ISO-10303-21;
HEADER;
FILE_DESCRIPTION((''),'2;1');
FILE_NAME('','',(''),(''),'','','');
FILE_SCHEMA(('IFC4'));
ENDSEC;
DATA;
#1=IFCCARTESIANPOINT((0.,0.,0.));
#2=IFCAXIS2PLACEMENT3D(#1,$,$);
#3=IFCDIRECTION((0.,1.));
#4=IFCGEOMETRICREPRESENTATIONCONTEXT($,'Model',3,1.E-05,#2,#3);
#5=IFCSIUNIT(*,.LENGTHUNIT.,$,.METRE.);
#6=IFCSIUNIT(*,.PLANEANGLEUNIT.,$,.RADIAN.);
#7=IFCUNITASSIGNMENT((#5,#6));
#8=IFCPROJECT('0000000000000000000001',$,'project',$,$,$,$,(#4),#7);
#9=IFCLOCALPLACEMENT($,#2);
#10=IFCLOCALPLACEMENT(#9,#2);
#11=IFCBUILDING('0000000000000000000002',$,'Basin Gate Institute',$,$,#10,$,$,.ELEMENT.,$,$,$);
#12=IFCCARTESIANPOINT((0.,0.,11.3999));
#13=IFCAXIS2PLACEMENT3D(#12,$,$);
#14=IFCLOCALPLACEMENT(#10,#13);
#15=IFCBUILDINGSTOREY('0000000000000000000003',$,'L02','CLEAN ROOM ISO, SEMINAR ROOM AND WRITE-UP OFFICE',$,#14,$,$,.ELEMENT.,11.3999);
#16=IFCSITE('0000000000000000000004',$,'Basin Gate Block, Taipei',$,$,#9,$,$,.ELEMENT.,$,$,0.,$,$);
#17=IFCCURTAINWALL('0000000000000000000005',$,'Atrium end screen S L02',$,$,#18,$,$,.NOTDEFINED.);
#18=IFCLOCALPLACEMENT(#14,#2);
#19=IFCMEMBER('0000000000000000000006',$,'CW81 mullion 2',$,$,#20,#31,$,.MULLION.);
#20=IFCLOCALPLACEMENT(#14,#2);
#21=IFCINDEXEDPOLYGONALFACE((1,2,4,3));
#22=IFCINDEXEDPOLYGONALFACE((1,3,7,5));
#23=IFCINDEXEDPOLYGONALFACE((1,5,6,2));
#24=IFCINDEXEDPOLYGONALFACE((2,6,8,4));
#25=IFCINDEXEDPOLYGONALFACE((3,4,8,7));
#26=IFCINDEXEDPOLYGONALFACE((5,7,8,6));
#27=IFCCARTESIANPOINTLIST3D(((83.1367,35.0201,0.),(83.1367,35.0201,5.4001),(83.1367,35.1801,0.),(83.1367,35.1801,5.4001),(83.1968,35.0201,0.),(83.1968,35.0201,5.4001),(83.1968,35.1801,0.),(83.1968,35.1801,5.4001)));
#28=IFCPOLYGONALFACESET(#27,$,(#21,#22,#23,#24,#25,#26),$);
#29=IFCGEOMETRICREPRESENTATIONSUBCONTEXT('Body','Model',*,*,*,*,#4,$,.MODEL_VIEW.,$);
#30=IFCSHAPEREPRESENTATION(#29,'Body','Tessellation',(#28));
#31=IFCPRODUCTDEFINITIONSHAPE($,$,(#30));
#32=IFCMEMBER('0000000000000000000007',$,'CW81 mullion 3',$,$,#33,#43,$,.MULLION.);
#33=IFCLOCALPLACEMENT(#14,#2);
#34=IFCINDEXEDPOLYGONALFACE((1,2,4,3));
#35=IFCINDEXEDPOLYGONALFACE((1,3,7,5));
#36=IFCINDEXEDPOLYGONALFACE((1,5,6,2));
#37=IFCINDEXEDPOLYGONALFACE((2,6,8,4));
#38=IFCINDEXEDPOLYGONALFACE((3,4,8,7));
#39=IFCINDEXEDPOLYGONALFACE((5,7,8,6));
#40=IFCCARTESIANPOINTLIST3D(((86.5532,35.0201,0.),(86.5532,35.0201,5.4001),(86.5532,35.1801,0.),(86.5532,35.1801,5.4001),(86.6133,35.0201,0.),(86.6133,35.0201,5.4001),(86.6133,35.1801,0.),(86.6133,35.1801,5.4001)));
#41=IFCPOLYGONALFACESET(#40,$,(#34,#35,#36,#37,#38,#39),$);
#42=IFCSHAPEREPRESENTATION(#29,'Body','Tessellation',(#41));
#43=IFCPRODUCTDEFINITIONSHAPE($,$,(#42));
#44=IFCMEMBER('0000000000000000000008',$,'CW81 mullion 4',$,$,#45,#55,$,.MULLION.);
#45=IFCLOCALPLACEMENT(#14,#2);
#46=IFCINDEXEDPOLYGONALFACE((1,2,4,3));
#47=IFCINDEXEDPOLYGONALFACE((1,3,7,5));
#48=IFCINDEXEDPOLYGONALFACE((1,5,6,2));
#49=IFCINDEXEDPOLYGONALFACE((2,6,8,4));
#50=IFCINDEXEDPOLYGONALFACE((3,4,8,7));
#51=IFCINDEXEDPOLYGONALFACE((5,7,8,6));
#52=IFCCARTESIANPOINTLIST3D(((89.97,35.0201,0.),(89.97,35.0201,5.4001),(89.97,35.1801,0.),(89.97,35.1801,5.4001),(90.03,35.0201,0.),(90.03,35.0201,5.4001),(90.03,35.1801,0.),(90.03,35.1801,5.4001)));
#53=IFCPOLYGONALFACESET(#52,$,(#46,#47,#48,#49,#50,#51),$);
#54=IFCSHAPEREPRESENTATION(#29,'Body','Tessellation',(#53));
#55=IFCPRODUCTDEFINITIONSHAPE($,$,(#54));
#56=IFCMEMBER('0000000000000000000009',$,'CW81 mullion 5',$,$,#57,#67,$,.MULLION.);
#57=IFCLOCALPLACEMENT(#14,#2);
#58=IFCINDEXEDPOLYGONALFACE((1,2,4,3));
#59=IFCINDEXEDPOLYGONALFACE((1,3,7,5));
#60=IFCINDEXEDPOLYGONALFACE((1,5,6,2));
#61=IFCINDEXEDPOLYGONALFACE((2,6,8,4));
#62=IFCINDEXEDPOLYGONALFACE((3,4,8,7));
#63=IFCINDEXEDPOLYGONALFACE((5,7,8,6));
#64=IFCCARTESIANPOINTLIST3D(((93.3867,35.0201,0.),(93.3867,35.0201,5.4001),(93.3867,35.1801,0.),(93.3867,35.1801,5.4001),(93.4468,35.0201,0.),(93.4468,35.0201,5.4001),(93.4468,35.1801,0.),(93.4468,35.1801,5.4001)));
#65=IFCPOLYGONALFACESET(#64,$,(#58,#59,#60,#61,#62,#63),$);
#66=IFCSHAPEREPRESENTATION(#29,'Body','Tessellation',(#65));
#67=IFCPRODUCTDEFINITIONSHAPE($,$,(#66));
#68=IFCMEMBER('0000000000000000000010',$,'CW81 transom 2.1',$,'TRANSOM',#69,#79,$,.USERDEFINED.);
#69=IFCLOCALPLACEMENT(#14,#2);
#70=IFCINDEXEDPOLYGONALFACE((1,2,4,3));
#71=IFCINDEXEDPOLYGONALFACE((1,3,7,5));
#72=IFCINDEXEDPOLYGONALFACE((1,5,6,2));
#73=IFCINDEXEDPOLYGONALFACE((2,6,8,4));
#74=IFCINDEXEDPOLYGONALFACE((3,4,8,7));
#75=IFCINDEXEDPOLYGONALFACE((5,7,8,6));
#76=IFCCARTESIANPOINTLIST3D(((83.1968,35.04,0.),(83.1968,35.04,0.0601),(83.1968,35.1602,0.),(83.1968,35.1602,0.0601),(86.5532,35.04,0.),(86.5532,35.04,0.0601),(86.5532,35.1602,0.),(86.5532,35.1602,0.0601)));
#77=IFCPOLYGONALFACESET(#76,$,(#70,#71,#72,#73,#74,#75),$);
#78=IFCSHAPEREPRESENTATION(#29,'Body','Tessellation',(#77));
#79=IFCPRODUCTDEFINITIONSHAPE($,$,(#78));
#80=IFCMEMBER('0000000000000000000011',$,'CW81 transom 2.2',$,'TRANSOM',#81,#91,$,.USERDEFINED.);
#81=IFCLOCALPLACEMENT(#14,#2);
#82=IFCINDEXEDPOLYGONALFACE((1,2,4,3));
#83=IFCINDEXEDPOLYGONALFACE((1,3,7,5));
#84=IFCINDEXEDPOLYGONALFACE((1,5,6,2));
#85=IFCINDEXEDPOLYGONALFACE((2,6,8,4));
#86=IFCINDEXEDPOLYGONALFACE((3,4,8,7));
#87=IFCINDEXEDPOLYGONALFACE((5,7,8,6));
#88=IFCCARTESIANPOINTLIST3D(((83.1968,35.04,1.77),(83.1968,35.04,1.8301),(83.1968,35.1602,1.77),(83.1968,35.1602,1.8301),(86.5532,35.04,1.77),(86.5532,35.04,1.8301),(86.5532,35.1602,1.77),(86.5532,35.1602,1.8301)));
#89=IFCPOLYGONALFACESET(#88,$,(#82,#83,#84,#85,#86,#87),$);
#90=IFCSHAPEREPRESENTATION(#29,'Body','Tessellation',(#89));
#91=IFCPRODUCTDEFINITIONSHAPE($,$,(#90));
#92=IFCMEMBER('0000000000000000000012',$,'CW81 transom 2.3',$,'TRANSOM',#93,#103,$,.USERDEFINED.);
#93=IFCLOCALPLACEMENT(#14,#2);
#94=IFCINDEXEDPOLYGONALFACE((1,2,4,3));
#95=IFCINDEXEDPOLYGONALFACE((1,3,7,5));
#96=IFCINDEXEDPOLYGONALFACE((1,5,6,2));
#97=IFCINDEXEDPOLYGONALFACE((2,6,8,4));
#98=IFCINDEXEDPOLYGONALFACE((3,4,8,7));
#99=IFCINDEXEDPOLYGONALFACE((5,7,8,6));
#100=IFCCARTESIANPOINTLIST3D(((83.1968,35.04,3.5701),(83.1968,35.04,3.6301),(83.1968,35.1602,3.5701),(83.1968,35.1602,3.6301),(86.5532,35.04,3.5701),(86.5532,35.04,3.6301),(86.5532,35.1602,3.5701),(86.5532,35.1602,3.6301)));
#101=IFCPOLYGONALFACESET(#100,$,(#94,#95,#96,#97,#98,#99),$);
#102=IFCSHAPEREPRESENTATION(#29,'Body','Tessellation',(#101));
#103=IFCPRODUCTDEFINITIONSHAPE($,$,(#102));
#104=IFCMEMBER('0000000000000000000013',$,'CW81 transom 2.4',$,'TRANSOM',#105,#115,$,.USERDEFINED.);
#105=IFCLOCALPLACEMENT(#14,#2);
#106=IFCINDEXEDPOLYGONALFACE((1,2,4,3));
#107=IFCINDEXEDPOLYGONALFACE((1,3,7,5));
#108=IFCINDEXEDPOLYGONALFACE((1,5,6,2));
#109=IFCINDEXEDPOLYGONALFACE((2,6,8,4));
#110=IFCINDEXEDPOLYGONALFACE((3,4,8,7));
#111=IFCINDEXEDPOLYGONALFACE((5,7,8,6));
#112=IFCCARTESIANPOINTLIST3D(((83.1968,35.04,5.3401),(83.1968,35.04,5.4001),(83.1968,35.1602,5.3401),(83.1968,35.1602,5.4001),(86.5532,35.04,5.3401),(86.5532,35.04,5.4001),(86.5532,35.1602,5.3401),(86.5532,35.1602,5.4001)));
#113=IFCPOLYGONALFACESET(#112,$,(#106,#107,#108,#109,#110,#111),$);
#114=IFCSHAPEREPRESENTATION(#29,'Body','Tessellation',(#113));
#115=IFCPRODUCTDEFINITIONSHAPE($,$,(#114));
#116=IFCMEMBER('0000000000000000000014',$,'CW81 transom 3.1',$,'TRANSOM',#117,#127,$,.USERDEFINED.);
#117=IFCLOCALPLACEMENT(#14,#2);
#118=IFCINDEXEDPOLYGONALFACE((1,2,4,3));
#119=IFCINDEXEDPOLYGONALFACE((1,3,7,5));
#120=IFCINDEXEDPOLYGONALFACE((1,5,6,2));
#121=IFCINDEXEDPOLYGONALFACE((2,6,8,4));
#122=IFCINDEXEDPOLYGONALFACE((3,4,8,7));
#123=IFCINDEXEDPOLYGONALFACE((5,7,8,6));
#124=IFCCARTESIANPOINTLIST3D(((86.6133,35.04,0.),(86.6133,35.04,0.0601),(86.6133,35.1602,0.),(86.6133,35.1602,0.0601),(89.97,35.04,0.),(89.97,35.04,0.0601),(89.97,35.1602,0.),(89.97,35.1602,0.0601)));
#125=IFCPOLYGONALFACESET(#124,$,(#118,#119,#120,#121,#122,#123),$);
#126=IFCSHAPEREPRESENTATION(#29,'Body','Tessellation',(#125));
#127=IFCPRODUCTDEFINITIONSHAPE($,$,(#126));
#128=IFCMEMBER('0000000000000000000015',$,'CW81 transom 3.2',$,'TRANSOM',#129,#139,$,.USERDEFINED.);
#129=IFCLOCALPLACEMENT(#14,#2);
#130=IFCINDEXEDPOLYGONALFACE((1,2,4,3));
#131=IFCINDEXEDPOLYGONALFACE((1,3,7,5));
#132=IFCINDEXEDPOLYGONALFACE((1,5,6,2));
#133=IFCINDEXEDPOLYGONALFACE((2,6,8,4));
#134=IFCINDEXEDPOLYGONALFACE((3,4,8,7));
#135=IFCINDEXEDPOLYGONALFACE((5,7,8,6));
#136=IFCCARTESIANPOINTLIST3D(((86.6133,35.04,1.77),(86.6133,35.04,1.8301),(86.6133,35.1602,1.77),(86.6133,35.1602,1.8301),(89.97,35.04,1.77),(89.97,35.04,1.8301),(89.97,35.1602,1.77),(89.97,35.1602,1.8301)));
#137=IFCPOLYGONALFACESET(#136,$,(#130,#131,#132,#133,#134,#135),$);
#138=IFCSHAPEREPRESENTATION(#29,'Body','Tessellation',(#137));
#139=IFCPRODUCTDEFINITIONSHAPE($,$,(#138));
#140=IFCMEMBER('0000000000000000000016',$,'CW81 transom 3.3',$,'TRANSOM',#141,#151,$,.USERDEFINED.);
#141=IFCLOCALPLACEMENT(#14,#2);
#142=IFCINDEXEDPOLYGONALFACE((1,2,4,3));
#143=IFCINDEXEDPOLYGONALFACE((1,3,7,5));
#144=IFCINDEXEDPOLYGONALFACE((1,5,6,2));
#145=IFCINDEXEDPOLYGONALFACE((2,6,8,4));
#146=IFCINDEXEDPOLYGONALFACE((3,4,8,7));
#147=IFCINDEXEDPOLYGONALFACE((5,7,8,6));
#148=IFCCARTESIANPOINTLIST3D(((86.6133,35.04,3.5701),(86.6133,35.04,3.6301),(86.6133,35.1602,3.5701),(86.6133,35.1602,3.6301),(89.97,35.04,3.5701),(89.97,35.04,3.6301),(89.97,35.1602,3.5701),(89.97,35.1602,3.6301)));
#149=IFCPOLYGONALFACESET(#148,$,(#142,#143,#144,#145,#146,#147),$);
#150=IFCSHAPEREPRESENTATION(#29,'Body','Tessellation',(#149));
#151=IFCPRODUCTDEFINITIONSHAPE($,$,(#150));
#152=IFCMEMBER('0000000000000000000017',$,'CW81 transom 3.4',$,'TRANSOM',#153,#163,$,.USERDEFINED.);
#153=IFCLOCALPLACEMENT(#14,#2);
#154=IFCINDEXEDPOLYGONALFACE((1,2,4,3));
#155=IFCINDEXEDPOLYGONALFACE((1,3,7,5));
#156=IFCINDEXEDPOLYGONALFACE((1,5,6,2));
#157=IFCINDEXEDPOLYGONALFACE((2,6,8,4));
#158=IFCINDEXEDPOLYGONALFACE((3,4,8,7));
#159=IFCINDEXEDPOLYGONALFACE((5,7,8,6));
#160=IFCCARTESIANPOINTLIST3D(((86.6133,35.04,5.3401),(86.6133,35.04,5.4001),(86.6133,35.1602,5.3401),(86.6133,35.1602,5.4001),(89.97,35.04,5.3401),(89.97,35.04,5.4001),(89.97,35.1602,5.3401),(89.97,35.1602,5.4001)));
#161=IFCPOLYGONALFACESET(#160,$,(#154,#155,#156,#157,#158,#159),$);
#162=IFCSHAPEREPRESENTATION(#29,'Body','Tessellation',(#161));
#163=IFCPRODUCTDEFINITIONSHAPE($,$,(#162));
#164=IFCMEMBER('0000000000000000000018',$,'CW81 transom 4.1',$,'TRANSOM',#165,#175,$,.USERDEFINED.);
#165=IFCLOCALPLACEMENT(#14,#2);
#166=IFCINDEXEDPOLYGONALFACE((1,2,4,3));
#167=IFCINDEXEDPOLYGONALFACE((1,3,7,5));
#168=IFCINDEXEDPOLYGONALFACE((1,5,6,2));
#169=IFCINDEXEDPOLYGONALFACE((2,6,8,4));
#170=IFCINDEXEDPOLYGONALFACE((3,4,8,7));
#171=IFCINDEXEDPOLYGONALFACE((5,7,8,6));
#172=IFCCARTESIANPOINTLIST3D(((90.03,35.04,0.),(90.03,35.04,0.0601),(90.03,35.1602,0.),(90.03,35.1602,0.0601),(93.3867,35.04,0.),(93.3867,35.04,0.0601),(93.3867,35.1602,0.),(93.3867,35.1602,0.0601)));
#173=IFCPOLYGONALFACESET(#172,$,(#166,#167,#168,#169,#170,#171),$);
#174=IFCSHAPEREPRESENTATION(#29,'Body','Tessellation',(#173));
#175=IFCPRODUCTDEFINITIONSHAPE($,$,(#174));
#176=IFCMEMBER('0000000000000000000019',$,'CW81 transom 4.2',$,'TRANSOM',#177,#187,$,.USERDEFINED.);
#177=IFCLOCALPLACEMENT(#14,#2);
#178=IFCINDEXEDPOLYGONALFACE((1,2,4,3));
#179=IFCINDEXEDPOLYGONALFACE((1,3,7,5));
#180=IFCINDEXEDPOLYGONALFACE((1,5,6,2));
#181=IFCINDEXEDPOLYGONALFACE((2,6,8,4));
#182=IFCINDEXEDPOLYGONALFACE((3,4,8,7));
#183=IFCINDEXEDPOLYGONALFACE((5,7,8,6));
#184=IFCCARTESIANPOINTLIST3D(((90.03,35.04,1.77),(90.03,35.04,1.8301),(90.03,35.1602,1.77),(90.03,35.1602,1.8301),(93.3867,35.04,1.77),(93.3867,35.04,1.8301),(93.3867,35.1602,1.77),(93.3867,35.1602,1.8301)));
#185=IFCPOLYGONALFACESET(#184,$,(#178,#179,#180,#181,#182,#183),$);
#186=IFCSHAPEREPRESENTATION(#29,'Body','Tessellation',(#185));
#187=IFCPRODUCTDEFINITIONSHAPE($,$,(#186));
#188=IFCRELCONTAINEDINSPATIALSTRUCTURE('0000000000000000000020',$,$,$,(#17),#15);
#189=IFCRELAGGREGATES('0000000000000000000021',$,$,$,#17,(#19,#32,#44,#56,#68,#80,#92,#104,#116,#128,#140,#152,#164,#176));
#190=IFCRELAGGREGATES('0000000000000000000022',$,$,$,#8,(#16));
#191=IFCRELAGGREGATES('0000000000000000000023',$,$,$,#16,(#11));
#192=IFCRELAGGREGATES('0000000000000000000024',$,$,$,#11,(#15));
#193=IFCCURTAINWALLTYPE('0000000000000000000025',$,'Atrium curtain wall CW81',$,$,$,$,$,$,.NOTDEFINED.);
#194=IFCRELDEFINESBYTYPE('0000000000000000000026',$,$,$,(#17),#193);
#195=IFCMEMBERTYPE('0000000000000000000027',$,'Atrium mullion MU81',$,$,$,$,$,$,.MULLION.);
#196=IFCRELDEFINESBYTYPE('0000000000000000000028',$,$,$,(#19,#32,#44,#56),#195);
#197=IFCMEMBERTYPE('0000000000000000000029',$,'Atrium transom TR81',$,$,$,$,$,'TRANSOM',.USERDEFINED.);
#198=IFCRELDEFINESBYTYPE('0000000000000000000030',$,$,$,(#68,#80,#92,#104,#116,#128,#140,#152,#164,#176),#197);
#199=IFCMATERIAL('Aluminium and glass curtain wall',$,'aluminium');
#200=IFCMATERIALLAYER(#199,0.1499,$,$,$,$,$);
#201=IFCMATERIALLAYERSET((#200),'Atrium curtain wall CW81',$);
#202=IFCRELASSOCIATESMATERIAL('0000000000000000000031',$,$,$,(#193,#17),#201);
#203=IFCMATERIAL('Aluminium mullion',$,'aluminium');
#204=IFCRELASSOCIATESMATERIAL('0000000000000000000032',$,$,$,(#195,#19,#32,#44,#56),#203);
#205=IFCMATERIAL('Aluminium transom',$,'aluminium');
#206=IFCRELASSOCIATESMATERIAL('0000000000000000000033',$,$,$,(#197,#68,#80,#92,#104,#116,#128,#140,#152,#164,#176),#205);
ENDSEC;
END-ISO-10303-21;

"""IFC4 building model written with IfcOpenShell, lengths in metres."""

from ifc_helpers import new_model, si_unit, direction, frame, origin, origin_2d, place, context, subcontext, project, spatial, rectangle, extrude, material, layer, layer_set, material_profile, profile_set, type_object, element, aggregate, save


model = new_model("IFC4")

# Units and contexts
model_context = context("Model", 3, precision=1e-05, world=origin(), true_north=direction((0.0, 1.0)))
body_context = subcontext(model_context, "Body", "Model", "MODEL_VIEW")
ifc_project = project(units=[si_unit("LENGTHUNIT", "METRE"), si_unit("PLANEANGLEUNIT", "RADIAN")], contexts=[model_context])

# Site, building, storey
site_placement = place(None, origin())
site = spatial("IfcSite", under=ifc_project, at=site_placement, Name="Basin Gate Block, Taipei", CompositionType="ELEMENT", RefElevation=0.0)
building_placement = place(site_placement, origin())
building = spatial("IfcBuilding", under=site, at=building_placement, Name="Basin Gate Institute", CompositionType="ELEMENT")
storey_placement = place(building_placement, frame((0.0, 0.0, 11.3999)))
storey = spatial("IfcBuildingStorey", under=building, at=storey_placement, Name="L02", Description="CLEAN ROOM ISO, SEMINAR ROOM AND WRITE-UP OFFICE", CompositionType="ELEMENT", Elevation=11.3999)

# Curtain wall, members
ifc_material_1 = material(Name="Aluminium and glass curtain wall", Category="aluminium")
ifc_layer_1 = layer(ifc_material_1, 0.1499)
ifc_layer_set_1 = layer_set([ifc_layer_1], Name="Atrium curtain wall CW81")
curtain_wall_type = type_object("IfcCurtainWallType", Name="Atrium curtain wall CW81", PredefinedType="NOTDEFINED", material=ifc_layer_set_1)
curtain_wall_placement = place(storey_placement, origin())
curtain_wall = element("IfcCurtainWall", 1, at=curtain_wall_placement, inside=storey, type_object=curtain_wall_type, material=ifc_layer_set_1, Name="Atrium end screen S L02", PredefinedType="NOTDEFINED")
ifc_material_2 = material(Name="Aluminium mullion", Category="aluminium")
ifc_material_profile_1 = material_profile(ifc_material_2, rectangle(XDim=0.1599, YDim=0.0601, at=origin_2d()), Name="Atrium mullion MU81 160 x 60")
ifc_profile_set_1 = profile_set([ifc_material_profile_1], Name="Aluminium mullion")
member_type_1 = type_object("IfcMemberType", Name="Atrium mullion MU81", PredefinedType="MULLION", material=ifc_profile_set_1)
member_1_placement = place(storey_placement, frame((83.1667, 35.1001, 0.0), z_axis=(0.0, 0.0, 1.0), x_axis=(0.0, 1.0, 0.0)))
member_1 = element("IfcMember", 2, at=member_1_placement, type_object=member_type_1, material=ifc_profile_set_1, Name="CW81 mullion 2", PredefinedType="MULLION", context=body_context, shape_type="SweptSolid", body=[
    extrude(rectangle(XDim=0.1599, YDim=0.0601, at=origin_2d()), origin(), (0.0, 0.0, 1.0), 5.4001),
])
member_2_placement = place(storey_placement, frame((86.5833, 35.1001, 0.0), z_axis=(0.0, 0.0, 1.0), x_axis=(0.0, 1.0, 0.0)))
member_2 = element("IfcMember", 3, at=member_2_placement, type_object=member_type_1, material=ifc_profile_set_1, Name="CW81 mullion 3", PredefinedType="MULLION", context=body_context, shape_type="SweptSolid", body=[
    extrude(rectangle(XDim=0.1599, YDim=0.0601, at=origin_2d()), origin(), (0.0, 0.0, 1.0), 5.4001),
])
member_3_placement = place(storey_placement, frame((90.0, 35.1001, 0.0), z_axis=(0.0, 0.0, 1.0), x_axis=(0.0, 1.0, 0.0)))
member_3 = element("IfcMember", 4, at=member_3_placement, type_object=member_type_1, material=ifc_profile_set_1, Name="CW81 mullion 4", PredefinedType="MULLION", context=body_context, shape_type="SweptSolid", body=[
    extrude(rectangle(XDim=0.1599, YDim=0.0601, at=origin_2d()), origin(), (0.0, 0.0, 1.0), 5.4001),
])
member_4_placement = place(storey_placement, frame((93.4167, 35.1001, 0.0), z_axis=(0.0, 0.0, 1.0), x_axis=(0.0, 1.0, 0.0)))
member_4 = element("IfcMember", 5, at=member_4_placement, type_object=member_type_1, material=ifc_profile_set_1, Name="CW81 mullion 5", PredefinedType="MULLION", context=body_context, shape_type="SweptSolid", body=[
    extrude(rectangle(XDim=0.1599, YDim=0.0601, at=origin_2d()), origin(), (0.0, 0.0, 1.0), 5.4001),
])
ifc_material_3 = material(Name="Aluminium transom", Category="aluminium")
ifc_material_profile_2 = material_profile(ifc_material_3, rectangle(XDim=0.1201, YDim=0.0601, at=origin_2d()), Name="Atrium transom TR81 120 x 60")
ifc_profile_set_2 = profile_set([ifc_material_profile_2], Name="Aluminium transom")
member_type_2 = type_object("IfcMemberType", Name="Atrium transom TR81", ElementType="TRANSOM", PredefinedType="USERDEFINED", material=ifc_profile_set_2)
member_5_placement = place(storey_placement, frame((83.1968, 35.1001, 0.03), z_axis=(1.0, 0.0, 0.0), x_axis=(0.0, 1.0, 0.0)))
member_5 = element("IfcMember", 6, at=member_5_placement, type_object=member_type_2, material=ifc_profile_set_2, Name="CW81 transom 2.1", ObjectType="TRANSOM", PredefinedType="USERDEFINED", context=body_context, shape_type="SweptSolid", body=[
    extrude(rectangle(XDim=0.1201, YDim=0.0601, at=origin_2d()), origin(), (0.0, 0.0, 1.0), 3.3564),
])
member_6_placement = place(storey_placement, frame((83.1968, 35.1001, 1.8), z_axis=(1.0, 0.0, 0.0), x_axis=(0.0, 1.0, 0.0)))
member_6 = element("IfcMember", 7, at=member_6_placement, type_object=member_type_2, material=ifc_profile_set_2, Name="CW81 transom 2.2", ObjectType="TRANSOM", PredefinedType="USERDEFINED", context=body_context, shape_type="SweptSolid", body=[
    extrude(rectangle(XDim=0.1201, YDim=0.0601, at=origin_2d()), origin(), (0.0, 0.0, 1.0), 3.3564),
])
member_7_placement = place(storey_placement, frame((83.1968, 35.1001, 3.6001), z_axis=(1.0, 0.0, 0.0), x_axis=(0.0, 1.0, 0.0)))
member_7 = element("IfcMember", 8, at=member_7_placement, type_object=member_type_2, material=ifc_profile_set_2, Name="CW81 transom 2.3", ObjectType="TRANSOM", PredefinedType="USERDEFINED", context=body_context, shape_type="SweptSolid", body=[
    extrude(rectangle(XDim=0.1201, YDim=0.0601, at=origin_2d()), origin(), (0.0, 0.0, 1.0), 3.3564),
])
member_8_placement = place(storey_placement, frame((83.1968, 35.1001, 5.3701), z_axis=(1.0, 0.0, 0.0), x_axis=(0.0, 1.0, 0.0)))
member_8 = element("IfcMember", 9, at=member_8_placement, type_object=member_type_2, material=ifc_profile_set_2, Name="CW81 transom 2.4", ObjectType="TRANSOM", PredefinedType="USERDEFINED", context=body_context, shape_type="SweptSolid", body=[
    extrude(rectangle(XDim=0.1201, YDim=0.0601, at=origin_2d()), origin(), (0.0, 0.0, 1.0), 3.3564),
])
member_9_placement = place(storey_placement, frame((86.6133, 35.1001, 0.03), z_axis=(1.0, 0.0, 0.0), x_axis=(0.0, 1.0, 0.0)))
member_9 = element("IfcMember", 10, at=member_9_placement, type_object=member_type_2, material=ifc_profile_set_2, Name="CW81 transom 3.1", ObjectType="TRANSOM", PredefinedType="USERDEFINED", context=body_context, shape_type="SweptSolid", body=[
    extrude(rectangle(XDim=0.1201, YDim=0.0601, at=origin_2d()), origin(), (0.0, 0.0, 1.0), 3.3567),
])
member_10_placement = place(storey_placement, frame((86.6133, 35.1001, 1.8), z_axis=(1.0, 0.0, 0.0), x_axis=(0.0, 1.0, 0.0)))
member_10 = element("IfcMember", 11, at=member_10_placement, type_object=member_type_2, material=ifc_profile_set_2, Name="CW81 transom 3.2", ObjectType="TRANSOM", PredefinedType="USERDEFINED", context=body_context, shape_type="SweptSolid", body=[
    extrude(rectangle(XDim=0.1201, YDim=0.0601, at=origin_2d()), origin(), (0.0, 0.0, 1.0), 3.3567),
])
member_11_placement = place(storey_placement, frame((86.6133, 35.1001, 3.6001), z_axis=(1.0, 0.0, 0.0), x_axis=(0.0, 1.0, 0.0)))
member_11 = element("IfcMember", 12, at=member_11_placement, type_object=member_type_2, material=ifc_profile_set_2, Name="CW81 transom 3.3", ObjectType="TRANSOM", PredefinedType="USERDEFINED", context=body_context, shape_type="SweptSolid", body=[
    extrude(rectangle(XDim=0.1201, YDim=0.0601, at=origin_2d()), origin(), (0.0, 0.0, 1.0), 3.3567),
])
member_12_placement = place(storey_placement, frame((86.6133, 35.1001, 5.3701), z_axis=(1.0, 0.0, 0.0), x_axis=(0.0, 1.0, 0.0)))
member_12 = element("IfcMember", 13, at=member_12_placement, type_object=member_type_2, material=ifc_profile_set_2, Name="CW81 transom 3.4", ObjectType="TRANSOM", PredefinedType="USERDEFINED", context=body_context, shape_type="SweptSolid", body=[
    extrude(rectangle(XDim=0.1201, YDim=0.0601, at=origin_2d()), origin(), (0.0, 0.0, 1.0), 3.3567),
])
member_13_placement = place(storey_placement, frame((90.03, 35.1001, 0.03), z_axis=(1.0, 0.0, 0.0), x_axis=(0.0, 1.0, 0.0)))
member_13 = element("IfcMember", 14, at=member_13_placement, type_object=member_type_2, material=ifc_profile_set_2, Name="CW81 transom 4.1", ObjectType="TRANSOM", PredefinedType="USERDEFINED", context=body_context, shape_type="SweptSolid", body=[
    extrude(rectangle(XDim=0.1201, YDim=0.0601, at=origin_2d()), origin(), (0.0, 0.0, 1.0), 3.3567),
])
member_14_placement = place(storey_placement, frame((90.03, 35.1001, 1.8), z_axis=(1.0, 0.0, 0.0), x_axis=(0.0, 1.0, 0.0)))
member_14 = element("IfcMember", 15, at=member_14_placement, type_object=member_type_2, material=ifc_profile_set_2, Name="CW81 transom 4.2", ObjectType="TRANSOM", PredefinedType="USERDEFINED", context=body_context, shape_type="SweptSolid", body=[
    extrude(rectangle(XDim=0.1201, YDim=0.0601, at=origin_2d()), origin(), (0.0, 0.0, 1.0), 3.3567),
])
aggregate(curtain_wall, [member_1, member_2, member_3, member_4, member_5, member_6, member_7, member_8, member_9, member_10, member_11, member_12, member_13, member_14])

save(model, "model.ifc")
